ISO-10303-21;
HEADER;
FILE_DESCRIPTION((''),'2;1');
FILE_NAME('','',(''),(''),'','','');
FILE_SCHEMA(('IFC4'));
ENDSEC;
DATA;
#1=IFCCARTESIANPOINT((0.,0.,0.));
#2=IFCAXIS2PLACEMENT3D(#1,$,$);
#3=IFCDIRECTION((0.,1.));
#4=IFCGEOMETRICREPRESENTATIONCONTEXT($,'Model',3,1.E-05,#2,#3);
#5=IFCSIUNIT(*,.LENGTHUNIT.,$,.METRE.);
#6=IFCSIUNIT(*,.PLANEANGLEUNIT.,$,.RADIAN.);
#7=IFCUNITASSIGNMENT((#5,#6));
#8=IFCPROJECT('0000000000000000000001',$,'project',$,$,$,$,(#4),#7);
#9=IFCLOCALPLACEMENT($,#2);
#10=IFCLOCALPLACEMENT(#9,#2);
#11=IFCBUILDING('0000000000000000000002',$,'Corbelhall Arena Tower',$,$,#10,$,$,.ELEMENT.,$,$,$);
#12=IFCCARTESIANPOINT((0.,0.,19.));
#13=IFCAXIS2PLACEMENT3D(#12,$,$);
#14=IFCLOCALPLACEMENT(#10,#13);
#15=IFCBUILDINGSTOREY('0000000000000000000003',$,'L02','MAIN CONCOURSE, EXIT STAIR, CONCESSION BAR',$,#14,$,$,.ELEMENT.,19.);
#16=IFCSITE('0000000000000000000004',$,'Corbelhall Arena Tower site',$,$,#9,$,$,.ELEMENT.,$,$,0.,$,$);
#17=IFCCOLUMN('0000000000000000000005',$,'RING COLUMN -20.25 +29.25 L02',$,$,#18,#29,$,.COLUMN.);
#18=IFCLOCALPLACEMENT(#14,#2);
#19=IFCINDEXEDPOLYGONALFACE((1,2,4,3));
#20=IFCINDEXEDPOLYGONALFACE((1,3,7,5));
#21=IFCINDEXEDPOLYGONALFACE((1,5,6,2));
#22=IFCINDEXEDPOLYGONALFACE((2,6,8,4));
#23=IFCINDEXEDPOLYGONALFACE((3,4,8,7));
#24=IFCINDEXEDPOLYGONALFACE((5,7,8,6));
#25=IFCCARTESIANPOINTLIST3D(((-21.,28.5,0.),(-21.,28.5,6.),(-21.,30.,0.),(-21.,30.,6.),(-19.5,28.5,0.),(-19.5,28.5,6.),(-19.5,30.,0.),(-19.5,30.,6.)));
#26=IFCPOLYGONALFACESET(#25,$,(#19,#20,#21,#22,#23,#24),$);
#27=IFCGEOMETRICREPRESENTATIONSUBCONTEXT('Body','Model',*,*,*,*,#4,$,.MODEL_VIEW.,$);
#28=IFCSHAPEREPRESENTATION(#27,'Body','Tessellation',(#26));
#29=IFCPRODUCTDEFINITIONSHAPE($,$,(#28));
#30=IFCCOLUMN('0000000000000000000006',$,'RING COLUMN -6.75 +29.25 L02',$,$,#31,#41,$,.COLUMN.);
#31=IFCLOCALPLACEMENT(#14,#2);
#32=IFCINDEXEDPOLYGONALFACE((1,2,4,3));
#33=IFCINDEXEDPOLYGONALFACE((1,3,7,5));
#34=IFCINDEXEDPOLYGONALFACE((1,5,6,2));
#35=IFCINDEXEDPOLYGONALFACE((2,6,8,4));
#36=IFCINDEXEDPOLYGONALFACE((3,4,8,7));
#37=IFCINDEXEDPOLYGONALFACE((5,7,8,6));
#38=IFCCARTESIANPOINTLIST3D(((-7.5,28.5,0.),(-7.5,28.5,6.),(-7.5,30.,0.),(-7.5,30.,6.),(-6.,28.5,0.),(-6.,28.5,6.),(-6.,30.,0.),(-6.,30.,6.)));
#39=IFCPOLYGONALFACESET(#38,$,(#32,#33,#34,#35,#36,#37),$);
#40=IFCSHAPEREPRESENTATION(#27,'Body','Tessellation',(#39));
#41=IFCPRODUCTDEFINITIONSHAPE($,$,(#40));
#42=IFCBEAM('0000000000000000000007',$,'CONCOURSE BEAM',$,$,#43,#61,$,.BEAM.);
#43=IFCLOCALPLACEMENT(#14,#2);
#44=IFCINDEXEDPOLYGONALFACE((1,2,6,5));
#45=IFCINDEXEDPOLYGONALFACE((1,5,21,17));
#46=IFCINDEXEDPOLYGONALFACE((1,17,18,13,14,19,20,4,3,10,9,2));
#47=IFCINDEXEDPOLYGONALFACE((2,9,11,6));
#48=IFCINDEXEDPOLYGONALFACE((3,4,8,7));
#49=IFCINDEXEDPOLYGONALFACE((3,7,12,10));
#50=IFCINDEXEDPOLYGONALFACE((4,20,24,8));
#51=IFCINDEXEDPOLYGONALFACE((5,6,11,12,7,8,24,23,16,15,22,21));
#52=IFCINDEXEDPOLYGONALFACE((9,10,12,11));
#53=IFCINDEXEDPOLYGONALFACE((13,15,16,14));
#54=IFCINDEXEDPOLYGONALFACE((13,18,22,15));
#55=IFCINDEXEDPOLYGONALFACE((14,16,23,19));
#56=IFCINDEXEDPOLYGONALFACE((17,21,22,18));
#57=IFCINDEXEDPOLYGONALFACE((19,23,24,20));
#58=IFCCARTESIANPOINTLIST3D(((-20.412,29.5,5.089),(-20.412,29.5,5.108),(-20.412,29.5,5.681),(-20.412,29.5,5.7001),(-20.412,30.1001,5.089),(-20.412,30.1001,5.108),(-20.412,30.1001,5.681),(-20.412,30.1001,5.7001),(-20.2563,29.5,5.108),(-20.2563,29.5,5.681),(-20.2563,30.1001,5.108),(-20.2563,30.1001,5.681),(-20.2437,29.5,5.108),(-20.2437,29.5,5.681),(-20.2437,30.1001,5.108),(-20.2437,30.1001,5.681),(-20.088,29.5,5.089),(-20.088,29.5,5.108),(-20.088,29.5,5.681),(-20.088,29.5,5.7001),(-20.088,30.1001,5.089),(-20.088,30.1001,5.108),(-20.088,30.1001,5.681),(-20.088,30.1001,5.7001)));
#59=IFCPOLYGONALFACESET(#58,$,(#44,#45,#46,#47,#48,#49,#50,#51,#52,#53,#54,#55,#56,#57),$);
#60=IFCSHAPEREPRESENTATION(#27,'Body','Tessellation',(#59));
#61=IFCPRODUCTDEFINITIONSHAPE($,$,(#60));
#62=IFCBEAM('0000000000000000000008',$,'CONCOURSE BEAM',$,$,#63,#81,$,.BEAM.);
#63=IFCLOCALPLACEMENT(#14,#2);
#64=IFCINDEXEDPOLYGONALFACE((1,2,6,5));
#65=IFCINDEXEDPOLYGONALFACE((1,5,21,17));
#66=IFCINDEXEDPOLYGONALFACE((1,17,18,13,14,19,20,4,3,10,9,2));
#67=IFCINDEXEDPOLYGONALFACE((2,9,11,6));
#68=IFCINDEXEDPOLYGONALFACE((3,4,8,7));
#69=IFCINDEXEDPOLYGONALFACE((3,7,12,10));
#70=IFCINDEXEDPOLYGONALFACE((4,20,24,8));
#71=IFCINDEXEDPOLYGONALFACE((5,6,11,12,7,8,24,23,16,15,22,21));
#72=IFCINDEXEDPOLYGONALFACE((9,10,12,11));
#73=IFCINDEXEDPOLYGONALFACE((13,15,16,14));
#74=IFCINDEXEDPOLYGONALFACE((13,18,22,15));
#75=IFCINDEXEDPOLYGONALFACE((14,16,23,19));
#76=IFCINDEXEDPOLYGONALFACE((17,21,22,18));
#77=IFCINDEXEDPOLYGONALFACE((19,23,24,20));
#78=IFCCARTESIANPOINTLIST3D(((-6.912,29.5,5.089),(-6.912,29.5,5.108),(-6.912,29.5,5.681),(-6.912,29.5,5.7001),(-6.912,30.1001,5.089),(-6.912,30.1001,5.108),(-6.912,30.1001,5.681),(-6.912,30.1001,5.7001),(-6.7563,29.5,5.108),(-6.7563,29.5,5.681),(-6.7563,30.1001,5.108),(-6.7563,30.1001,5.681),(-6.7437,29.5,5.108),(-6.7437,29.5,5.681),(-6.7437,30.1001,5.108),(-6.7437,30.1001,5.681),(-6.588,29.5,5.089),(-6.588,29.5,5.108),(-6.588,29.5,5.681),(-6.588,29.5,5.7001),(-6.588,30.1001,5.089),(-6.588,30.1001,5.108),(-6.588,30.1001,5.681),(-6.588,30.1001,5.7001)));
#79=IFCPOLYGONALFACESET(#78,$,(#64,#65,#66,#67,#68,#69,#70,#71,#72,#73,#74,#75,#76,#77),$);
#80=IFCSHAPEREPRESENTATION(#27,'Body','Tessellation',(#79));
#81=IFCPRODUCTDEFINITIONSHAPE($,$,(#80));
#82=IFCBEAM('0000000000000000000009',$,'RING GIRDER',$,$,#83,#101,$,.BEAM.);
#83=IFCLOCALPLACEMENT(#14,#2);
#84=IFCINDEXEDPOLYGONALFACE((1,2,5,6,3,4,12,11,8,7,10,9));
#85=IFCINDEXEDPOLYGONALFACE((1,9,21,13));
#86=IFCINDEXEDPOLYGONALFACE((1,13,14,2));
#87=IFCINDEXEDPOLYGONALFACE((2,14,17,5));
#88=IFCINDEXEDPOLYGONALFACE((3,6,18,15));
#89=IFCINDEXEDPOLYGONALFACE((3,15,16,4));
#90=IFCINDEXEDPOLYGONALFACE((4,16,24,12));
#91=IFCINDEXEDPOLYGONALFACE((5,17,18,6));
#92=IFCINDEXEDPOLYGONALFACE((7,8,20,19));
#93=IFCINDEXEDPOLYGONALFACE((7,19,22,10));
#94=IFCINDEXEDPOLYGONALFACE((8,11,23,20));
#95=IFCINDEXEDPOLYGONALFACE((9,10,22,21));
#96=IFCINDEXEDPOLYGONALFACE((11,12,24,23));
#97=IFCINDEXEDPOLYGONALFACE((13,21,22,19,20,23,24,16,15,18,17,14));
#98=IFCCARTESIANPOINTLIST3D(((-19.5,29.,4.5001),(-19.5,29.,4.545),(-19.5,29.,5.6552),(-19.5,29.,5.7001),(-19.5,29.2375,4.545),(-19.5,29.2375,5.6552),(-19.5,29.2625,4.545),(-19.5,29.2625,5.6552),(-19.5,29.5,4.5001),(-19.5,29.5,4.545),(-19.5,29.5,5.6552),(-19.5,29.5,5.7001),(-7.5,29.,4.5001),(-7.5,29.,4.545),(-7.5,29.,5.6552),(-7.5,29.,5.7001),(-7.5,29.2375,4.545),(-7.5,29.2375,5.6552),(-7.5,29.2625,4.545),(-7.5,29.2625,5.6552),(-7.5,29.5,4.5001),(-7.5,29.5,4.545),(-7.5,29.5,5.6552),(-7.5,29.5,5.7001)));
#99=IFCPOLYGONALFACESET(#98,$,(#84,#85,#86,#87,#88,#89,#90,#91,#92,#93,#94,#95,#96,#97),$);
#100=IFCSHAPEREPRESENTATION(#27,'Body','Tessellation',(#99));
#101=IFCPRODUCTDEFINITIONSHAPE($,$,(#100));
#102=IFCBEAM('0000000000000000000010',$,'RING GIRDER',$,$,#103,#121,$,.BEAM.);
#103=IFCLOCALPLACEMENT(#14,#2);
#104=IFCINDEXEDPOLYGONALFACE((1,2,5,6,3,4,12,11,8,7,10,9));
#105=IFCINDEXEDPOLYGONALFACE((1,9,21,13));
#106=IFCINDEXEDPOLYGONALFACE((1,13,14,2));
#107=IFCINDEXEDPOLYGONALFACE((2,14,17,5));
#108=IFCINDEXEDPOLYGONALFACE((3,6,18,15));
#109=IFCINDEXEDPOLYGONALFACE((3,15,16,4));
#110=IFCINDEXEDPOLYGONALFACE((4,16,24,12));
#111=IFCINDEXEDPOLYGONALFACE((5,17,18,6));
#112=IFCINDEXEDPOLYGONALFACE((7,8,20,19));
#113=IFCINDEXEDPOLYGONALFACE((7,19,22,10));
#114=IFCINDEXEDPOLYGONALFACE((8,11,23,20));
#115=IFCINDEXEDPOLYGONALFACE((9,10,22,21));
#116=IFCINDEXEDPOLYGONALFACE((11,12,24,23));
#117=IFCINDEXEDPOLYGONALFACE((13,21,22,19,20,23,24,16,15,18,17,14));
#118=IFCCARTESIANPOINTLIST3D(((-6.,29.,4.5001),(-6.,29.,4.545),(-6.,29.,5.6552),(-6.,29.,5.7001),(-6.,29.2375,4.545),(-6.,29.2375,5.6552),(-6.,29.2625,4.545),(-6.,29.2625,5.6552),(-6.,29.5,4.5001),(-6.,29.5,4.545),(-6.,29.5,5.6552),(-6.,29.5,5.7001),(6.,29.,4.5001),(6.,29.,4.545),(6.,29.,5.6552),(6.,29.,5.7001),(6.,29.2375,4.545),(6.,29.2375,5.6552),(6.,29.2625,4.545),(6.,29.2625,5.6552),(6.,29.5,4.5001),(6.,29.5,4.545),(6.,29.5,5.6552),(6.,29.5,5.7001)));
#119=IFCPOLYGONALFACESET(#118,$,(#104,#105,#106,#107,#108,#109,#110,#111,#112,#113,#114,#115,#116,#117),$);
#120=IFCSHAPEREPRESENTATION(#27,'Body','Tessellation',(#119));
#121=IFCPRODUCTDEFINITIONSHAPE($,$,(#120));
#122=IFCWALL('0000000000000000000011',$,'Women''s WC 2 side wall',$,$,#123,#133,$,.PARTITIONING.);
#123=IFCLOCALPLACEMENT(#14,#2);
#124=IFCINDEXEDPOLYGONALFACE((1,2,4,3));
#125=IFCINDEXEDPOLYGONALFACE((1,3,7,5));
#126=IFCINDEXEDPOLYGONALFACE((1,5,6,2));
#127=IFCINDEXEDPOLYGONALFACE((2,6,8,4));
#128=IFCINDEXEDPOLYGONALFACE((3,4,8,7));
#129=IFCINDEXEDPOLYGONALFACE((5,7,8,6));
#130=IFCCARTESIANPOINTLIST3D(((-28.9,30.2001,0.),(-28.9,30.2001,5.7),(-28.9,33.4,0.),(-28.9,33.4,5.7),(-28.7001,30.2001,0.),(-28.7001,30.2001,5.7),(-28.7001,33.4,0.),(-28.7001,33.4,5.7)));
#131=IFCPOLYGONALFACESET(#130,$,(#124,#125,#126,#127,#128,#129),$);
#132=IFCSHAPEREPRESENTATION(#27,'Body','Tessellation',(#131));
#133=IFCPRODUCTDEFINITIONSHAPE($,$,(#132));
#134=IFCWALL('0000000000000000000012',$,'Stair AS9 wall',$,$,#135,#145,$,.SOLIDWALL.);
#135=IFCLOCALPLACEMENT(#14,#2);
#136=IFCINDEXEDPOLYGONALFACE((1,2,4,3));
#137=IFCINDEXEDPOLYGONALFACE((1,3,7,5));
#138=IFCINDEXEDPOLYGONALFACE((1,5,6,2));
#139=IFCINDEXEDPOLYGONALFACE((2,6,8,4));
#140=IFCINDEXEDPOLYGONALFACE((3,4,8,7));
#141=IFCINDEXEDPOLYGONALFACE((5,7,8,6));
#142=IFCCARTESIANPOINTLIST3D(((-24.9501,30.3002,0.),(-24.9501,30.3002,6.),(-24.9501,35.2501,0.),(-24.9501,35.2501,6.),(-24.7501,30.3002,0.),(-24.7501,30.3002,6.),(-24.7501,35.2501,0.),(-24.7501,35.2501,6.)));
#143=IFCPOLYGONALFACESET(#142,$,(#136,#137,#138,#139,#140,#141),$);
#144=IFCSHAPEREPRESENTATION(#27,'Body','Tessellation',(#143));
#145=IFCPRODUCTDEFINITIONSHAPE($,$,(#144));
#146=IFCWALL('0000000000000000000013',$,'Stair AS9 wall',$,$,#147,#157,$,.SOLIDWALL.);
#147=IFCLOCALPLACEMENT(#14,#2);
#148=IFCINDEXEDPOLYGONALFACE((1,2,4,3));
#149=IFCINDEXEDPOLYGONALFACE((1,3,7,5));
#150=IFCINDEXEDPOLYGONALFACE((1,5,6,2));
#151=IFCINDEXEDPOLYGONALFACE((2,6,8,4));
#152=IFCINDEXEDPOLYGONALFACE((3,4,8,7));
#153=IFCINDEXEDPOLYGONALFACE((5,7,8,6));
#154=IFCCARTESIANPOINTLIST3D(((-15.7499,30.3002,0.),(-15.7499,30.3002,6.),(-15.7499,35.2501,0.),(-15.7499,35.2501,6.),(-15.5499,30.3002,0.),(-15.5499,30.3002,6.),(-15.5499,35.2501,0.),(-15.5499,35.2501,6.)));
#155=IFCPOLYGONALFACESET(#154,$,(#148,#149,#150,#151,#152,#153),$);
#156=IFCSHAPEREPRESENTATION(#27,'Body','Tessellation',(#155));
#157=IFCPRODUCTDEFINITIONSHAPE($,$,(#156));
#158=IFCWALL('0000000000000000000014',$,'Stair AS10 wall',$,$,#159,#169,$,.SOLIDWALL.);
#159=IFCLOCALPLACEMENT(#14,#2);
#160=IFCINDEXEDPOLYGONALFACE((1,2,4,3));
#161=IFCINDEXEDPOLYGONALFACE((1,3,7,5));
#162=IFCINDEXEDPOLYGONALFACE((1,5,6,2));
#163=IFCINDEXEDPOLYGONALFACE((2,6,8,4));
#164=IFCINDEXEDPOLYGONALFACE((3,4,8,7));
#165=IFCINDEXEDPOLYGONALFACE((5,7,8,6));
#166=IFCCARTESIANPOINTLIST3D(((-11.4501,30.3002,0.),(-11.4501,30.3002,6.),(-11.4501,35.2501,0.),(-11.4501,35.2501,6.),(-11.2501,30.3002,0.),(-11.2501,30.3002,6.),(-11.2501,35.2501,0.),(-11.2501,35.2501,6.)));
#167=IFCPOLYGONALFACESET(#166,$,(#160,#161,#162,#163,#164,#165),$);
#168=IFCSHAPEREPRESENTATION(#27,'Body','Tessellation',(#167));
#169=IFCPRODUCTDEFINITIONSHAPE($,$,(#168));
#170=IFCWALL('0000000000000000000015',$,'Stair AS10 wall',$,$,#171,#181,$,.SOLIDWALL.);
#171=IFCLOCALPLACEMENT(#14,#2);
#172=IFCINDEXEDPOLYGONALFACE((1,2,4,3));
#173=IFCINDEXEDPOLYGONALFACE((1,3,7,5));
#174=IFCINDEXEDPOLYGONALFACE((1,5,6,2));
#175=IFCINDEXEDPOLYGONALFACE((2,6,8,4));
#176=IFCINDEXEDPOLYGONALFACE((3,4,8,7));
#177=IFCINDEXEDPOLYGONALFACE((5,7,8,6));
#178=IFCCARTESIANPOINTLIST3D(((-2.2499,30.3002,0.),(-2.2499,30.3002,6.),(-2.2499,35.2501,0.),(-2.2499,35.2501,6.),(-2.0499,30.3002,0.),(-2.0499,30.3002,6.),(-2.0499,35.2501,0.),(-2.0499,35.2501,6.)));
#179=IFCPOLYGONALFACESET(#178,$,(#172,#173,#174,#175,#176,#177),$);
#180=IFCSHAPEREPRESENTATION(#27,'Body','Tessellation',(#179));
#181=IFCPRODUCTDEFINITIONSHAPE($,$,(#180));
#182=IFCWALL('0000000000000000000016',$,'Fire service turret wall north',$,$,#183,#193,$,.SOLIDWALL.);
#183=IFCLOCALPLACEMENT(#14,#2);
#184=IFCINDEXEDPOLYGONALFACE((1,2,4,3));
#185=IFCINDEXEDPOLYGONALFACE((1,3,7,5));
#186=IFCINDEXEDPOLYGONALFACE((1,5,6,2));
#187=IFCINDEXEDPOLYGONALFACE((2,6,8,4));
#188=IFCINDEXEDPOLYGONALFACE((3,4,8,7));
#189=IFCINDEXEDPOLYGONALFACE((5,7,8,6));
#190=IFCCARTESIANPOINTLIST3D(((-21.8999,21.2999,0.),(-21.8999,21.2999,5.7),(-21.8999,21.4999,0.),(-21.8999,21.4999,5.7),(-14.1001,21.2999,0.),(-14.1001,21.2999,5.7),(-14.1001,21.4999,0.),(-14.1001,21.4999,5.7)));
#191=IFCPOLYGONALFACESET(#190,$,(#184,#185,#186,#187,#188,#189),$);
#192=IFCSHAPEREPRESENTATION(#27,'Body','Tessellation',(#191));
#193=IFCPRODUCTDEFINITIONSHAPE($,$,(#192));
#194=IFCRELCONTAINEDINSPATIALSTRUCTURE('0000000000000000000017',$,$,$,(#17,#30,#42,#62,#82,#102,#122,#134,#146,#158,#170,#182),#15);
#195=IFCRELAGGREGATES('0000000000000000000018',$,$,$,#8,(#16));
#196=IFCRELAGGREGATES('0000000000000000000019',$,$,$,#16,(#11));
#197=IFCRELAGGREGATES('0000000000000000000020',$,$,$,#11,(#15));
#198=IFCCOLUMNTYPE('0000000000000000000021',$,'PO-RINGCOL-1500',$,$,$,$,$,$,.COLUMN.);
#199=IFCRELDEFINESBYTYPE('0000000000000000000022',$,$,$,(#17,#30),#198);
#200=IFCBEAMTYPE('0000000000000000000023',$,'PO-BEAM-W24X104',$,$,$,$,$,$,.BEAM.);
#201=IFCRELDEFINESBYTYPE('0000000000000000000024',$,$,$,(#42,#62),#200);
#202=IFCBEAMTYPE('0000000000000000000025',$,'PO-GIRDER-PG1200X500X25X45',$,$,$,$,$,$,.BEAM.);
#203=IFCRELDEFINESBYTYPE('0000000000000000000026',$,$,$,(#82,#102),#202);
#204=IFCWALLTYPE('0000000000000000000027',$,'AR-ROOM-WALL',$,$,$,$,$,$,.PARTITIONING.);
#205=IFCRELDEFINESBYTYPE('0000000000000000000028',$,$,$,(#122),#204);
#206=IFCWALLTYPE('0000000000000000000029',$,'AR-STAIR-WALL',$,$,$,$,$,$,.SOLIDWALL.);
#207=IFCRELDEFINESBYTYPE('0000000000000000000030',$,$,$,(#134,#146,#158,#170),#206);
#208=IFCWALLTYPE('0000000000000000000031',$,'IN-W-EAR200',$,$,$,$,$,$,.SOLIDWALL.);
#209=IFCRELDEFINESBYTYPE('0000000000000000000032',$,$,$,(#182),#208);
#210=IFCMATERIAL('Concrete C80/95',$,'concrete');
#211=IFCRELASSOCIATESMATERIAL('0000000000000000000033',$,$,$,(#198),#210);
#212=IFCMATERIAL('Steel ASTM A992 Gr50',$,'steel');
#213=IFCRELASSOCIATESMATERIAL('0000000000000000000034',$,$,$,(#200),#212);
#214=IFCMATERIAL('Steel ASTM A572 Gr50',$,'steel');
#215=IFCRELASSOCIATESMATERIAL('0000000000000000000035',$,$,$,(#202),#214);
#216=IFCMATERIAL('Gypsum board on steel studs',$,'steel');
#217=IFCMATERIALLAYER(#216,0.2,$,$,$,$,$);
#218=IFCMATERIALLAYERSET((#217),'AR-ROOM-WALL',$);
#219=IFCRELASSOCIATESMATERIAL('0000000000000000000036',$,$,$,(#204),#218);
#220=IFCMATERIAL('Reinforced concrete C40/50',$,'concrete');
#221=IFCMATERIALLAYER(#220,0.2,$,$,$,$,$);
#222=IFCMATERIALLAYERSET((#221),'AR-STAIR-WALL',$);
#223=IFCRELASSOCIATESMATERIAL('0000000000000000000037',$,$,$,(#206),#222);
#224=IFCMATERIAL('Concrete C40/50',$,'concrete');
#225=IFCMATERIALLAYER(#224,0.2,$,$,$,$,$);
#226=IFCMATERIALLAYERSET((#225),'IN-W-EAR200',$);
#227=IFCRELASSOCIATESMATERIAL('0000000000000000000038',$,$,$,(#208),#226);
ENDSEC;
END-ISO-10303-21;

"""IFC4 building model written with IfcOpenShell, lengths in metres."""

from ifc_helpers import new_model, si_unit, direction, frame, frame_2d, origin, origin_2d, place, context, subcontext, project, spatial, rectangle, i_section, extrude, material, layer, layer_set, material_profile, profile_set, type_object, element, save


model = new_model("IFC4")

# Units and contexts
model_context = context("Model", 3, precision=1e-05, world=origin(), true_north=direction((0.0, 1.0)))
body_context = subcontext(model_context, "Body", "Model", "MODEL_VIEW")
ifc_project = project(units=[si_unit("LENGTHUNIT", "METRE"), si_unit("PLANEANGLEUNIT", "RADIAN")], contexts=[model_context])

# Site, building, storey
site_placement = place(None, origin())
site = spatial("IfcSite", under=ifc_project, at=site_placement, Name="Corbelhall Arena Tower site", CompositionType="ELEMENT", RefElevation=0.0)
building_placement = place(site_placement, origin())
building = spatial("IfcBuilding", under=site, at=building_placement, Name="Corbelhall Arena Tower", CompositionType="ELEMENT")
storey_placement = place(building_placement, frame((0.0, 0.0, 19.0)))
storey = spatial("IfcBuildingStorey", under=building, at=storey_placement, Name="L02", Description="MAIN CONCOURSE, EXIT STAIR, CONCESSION BAR", CompositionType="ELEMENT", Elevation=19.0)

# Columns
ifc_material_1 = material(Name="Concrete C80/95", Category="concrete")
ifc_material_profile_1 = material_profile(ifc_material_1, rectangle(XDim=1.5, YDim=1.5, at=origin_2d()))
ifc_profile_set_1 = profile_set([ifc_material_profile_1], Name="Concrete C80/95")
column_type = type_object("IfcColumnType", Name="PO-RINGCOL-1500", PredefinedType="COLUMN", material=ifc_profile_set_1)
for number, where, z_axis, x_axis, name in (
    (1, (-20.25, 29.25, 0.0), (0.0, 0.0, 1.0), (1.0, 0.0, 0.0), "RING COLUMN -20.25 +29.25 L02"),
    (2, (-6.75, 29.25, 0.0), (0.0, 0.0, 1.0), (1.0, 0.0, 0.0), "RING COLUMN -6.75 +29.25 L02"),
):
    element("IfcColumn", number, at=place(storey_placement, frame(where, z_axis=z_axis, x_axis=x_axis)), inside=storey, type_object=column_type, Name=name, PredefinedType="COLUMN", context=body_context, shape_type="SweptSolid", body=[
        extrude(rectangle(XDim=1.5, YDim=1.5, at=origin_2d()), origin(), (0.0, 0.0, 1.0), 6.0),
    ])

# Beams
ifc_material_2 = material(Name="Steel ASTM A992 Gr50", Category="steel")
ifc_material_profile_2 = material_profile(ifc_material_2, i_section(OverallWidth=0.324, OverallDepth=0.6111, WebThickness=0.0127, FlangeThickness=0.019, at=origin_2d()))
ifc_profile_set_2 = profile_set([ifc_material_profile_2], Name="Steel ASTM A992 Gr50")
beam_type_1 = type_object("IfcBeamType", Name="PO-BEAM-W24X104", PredefinedType="BEAM", material=ifc_profile_set_2)
for number, where, z_axis, x_axis, name in (
    (3, (-20.25, 29.5, 5.3945), (0.0, 1.0, 0.0), (-1.0, 0.0, 0.0), "CONCOURSE BEAM"),
    (4, (-6.75, 29.5, 5.3945), (0.0, 1.0, 0.0), (-1.0, 0.0, 0.0), "CONCOURSE BEAM"),
):
    element("IfcBeam", number, at=place(storey_placement, frame(where, z_axis=z_axis, x_axis=x_axis)), inside=storey, type_object=beam_type_1, Name=name, PredefinedType="BEAM", context=body_context, shape_type="SweptSolid", body=[
        extrude(i_section(OverallWidth=0.324, OverallDepth=0.6111, WebThickness=0.0127, FlangeThickness=0.019, at=origin_2d()), origin(), (0.0, 0.0, 1.0), 0.6001),
    ])
ifc_material_3 = material(Name="Steel ASTM A572 Gr50", Category="steel")
ifc_material_profile_3 = material_profile(ifc_material_3, i_section(OverallWidth=0.5, OverallDepth=1.2, WebThickness=0.0249, FlangeThickness=0.0449, at=origin_2d()))
ifc_profile_set_3 = profile_set([ifc_material_profile_3], Name="Steel ASTM A572 Gr50")
beam_type_2 = type_object("IfcBeamType", Name="PO-GIRDER-PG1200X500X25X45", PredefinedType="BEAM", material=ifc_profile_set_3)
for number, where, z_axis, x_axis, name in (
    (5, (-19.5, 29.25, 5.1001), (1.0, 0.0, 0.0), (0.0, 1.0, 0.0), "RING GIRDER"),
    (6, (-6.0, 29.25, 5.1001), (1.0, 0.0, 0.0), (0.0, 1.0, 0.0), "RING GIRDER"),
):
    element("IfcBeam", number, at=place(storey_placement, frame(where, z_axis=z_axis, x_axis=x_axis)), inside=storey, type_object=beam_type_2, Name=name, PredefinedType="BEAM", context=body_context, shape_type="SweptSolid", body=[
        extrude(i_section(OverallWidth=0.5, OverallDepth=1.2, WebThickness=0.0249, FlangeThickness=0.0449, at=origin_2d()), origin(), (0.0, 0.0, 1.0), 12.0),
    ])

# Wall
ifc_material_4 = material(Name="Gypsum board on steel studs", Category="steel")
ifc_layer_1 = layer(ifc_material_4, 0.2)
ifc_layer_set_1 = layer_set([ifc_layer_1], Name="AR-ROOM-WALL")
wall_type_1 = type_object("IfcWallType", Name="AR-ROOM-WALL", PredefinedType="PARTITIONING", material=ifc_layer_set_1)
wall_1_placement = place(storey_placement, frame((-28.8, 30.2, 0.0), z_axis=(0.0, 0.0, 1.0), x_axis=(0.0, 1.0, 0.0)))
element("IfcWall", 7, at=wall_1_placement, inside=storey, type_object=wall_type_1, Name="Women's WC 2 side wall", PredefinedType="PARTITIONING", context=body_context, shape_type="SweptSolid", body=[
    extrude(rectangle(XDim=3.2, YDim=0.2, at=frame_2d((1.6001, 0.0))), origin(), (0.0, 0.0, 1.0), 5.7),
])

# Shared definitions
ifc_material_5 = material(Name="Reinforced concrete C40/50", Category="concrete")
ifc_layer_2 = layer(ifc_material_5, 0.2)
ifc_layer_set_2 = layer_set([ifc_layer_2], Name="AR-STAIR-WALL")
wall_type_2 = type_object("IfcWallType", Name="AR-STAIR-WALL", PredefinedType="SOLIDWALL", material=ifc_layer_set_2)

# Walls
for number, where, z_axis, x_axis, name in (
    (8, (-24.8501, 30.3, 0.0), (0.0, 0.0, 1.0), (0.0, 1.0, 0.0), "Stair AS9 wall"),
    (9, (-15.6499, 30.3, 0.0), (0.0, 0.0, 1.0), (0.0, 1.0, 0.0), "Stair AS9 wall"),
):
    element("IfcWall", number, at=place(storey_placement, frame(where, z_axis=z_axis, x_axis=x_axis)), inside=storey, type_object=wall_type_2, Name=name, PredefinedType="SOLIDWALL", context=body_context, shape_type="SweptSolid", body=[
        extrude(rectangle(XDim=4.95, YDim=0.2, at=frame_2d((2.4751, 0.0))), origin(), (0.0, 0.0, 1.0), 6.0),
    ])

# Walls
for number, where, z_axis, x_axis, name in (
    (10, (-11.3501, 30.3, 0.0), (0.0, 0.0, 1.0), (0.0, 1.0, 0.0), "Stair AS10 wall"),
    (11, (-2.1499, 30.3, 0.0), (0.0, 0.0, 1.0), (0.0, 1.0, 0.0), "Stair AS10 wall"),
):
    element("IfcWall", number, at=place(storey_placement, frame(where, z_axis=z_axis, x_axis=x_axis)), inside=storey, type_object=wall_type_2, Name=name, PredefinedType="SOLIDWALL", context=body_context, shape_type="SweptSolid", body=[
        extrude(rectangle(XDim=4.95, YDim=0.2, at=frame_2d((2.4751, 0.0))), origin(), (0.0, 0.0, 1.0), 6.0),
    ])
ifc_material_6 = material(Name="Concrete C40/50", Category="concrete")
ifc_layer_3 = layer(ifc_material_6, 0.2)
ifc_layer_set_3 = layer_set([ifc_layer_3], Name="IN-W-EAR200")
wall_type_3 = type_object("IfcWallType", Name="IN-W-EAR200", PredefinedType="SOLIDWALL", material=ifc_layer_set_3)
wall_2_placement = place(storey_placement, frame((-21.8999, 21.3999, 0.0), z_axis=(0.0, 0.0, 1.0), x_axis=(1.0, 0.0, 0.0)))
element("IfcWall", 12, at=wall_2_placement, inside=storey, type_object=wall_type_3, Name="Fire service turret wall north", PredefinedType="SOLIDWALL", context=body_context, shape_type="SweptSolid", body=[
    extrude(rectangle(XDim=7.7998, YDim=0.2, at=frame_2d((3.8999, 0.0))), origin(), (0.0, 0.0, 1.0), 5.7),
])

save(model, "model.ifc")
